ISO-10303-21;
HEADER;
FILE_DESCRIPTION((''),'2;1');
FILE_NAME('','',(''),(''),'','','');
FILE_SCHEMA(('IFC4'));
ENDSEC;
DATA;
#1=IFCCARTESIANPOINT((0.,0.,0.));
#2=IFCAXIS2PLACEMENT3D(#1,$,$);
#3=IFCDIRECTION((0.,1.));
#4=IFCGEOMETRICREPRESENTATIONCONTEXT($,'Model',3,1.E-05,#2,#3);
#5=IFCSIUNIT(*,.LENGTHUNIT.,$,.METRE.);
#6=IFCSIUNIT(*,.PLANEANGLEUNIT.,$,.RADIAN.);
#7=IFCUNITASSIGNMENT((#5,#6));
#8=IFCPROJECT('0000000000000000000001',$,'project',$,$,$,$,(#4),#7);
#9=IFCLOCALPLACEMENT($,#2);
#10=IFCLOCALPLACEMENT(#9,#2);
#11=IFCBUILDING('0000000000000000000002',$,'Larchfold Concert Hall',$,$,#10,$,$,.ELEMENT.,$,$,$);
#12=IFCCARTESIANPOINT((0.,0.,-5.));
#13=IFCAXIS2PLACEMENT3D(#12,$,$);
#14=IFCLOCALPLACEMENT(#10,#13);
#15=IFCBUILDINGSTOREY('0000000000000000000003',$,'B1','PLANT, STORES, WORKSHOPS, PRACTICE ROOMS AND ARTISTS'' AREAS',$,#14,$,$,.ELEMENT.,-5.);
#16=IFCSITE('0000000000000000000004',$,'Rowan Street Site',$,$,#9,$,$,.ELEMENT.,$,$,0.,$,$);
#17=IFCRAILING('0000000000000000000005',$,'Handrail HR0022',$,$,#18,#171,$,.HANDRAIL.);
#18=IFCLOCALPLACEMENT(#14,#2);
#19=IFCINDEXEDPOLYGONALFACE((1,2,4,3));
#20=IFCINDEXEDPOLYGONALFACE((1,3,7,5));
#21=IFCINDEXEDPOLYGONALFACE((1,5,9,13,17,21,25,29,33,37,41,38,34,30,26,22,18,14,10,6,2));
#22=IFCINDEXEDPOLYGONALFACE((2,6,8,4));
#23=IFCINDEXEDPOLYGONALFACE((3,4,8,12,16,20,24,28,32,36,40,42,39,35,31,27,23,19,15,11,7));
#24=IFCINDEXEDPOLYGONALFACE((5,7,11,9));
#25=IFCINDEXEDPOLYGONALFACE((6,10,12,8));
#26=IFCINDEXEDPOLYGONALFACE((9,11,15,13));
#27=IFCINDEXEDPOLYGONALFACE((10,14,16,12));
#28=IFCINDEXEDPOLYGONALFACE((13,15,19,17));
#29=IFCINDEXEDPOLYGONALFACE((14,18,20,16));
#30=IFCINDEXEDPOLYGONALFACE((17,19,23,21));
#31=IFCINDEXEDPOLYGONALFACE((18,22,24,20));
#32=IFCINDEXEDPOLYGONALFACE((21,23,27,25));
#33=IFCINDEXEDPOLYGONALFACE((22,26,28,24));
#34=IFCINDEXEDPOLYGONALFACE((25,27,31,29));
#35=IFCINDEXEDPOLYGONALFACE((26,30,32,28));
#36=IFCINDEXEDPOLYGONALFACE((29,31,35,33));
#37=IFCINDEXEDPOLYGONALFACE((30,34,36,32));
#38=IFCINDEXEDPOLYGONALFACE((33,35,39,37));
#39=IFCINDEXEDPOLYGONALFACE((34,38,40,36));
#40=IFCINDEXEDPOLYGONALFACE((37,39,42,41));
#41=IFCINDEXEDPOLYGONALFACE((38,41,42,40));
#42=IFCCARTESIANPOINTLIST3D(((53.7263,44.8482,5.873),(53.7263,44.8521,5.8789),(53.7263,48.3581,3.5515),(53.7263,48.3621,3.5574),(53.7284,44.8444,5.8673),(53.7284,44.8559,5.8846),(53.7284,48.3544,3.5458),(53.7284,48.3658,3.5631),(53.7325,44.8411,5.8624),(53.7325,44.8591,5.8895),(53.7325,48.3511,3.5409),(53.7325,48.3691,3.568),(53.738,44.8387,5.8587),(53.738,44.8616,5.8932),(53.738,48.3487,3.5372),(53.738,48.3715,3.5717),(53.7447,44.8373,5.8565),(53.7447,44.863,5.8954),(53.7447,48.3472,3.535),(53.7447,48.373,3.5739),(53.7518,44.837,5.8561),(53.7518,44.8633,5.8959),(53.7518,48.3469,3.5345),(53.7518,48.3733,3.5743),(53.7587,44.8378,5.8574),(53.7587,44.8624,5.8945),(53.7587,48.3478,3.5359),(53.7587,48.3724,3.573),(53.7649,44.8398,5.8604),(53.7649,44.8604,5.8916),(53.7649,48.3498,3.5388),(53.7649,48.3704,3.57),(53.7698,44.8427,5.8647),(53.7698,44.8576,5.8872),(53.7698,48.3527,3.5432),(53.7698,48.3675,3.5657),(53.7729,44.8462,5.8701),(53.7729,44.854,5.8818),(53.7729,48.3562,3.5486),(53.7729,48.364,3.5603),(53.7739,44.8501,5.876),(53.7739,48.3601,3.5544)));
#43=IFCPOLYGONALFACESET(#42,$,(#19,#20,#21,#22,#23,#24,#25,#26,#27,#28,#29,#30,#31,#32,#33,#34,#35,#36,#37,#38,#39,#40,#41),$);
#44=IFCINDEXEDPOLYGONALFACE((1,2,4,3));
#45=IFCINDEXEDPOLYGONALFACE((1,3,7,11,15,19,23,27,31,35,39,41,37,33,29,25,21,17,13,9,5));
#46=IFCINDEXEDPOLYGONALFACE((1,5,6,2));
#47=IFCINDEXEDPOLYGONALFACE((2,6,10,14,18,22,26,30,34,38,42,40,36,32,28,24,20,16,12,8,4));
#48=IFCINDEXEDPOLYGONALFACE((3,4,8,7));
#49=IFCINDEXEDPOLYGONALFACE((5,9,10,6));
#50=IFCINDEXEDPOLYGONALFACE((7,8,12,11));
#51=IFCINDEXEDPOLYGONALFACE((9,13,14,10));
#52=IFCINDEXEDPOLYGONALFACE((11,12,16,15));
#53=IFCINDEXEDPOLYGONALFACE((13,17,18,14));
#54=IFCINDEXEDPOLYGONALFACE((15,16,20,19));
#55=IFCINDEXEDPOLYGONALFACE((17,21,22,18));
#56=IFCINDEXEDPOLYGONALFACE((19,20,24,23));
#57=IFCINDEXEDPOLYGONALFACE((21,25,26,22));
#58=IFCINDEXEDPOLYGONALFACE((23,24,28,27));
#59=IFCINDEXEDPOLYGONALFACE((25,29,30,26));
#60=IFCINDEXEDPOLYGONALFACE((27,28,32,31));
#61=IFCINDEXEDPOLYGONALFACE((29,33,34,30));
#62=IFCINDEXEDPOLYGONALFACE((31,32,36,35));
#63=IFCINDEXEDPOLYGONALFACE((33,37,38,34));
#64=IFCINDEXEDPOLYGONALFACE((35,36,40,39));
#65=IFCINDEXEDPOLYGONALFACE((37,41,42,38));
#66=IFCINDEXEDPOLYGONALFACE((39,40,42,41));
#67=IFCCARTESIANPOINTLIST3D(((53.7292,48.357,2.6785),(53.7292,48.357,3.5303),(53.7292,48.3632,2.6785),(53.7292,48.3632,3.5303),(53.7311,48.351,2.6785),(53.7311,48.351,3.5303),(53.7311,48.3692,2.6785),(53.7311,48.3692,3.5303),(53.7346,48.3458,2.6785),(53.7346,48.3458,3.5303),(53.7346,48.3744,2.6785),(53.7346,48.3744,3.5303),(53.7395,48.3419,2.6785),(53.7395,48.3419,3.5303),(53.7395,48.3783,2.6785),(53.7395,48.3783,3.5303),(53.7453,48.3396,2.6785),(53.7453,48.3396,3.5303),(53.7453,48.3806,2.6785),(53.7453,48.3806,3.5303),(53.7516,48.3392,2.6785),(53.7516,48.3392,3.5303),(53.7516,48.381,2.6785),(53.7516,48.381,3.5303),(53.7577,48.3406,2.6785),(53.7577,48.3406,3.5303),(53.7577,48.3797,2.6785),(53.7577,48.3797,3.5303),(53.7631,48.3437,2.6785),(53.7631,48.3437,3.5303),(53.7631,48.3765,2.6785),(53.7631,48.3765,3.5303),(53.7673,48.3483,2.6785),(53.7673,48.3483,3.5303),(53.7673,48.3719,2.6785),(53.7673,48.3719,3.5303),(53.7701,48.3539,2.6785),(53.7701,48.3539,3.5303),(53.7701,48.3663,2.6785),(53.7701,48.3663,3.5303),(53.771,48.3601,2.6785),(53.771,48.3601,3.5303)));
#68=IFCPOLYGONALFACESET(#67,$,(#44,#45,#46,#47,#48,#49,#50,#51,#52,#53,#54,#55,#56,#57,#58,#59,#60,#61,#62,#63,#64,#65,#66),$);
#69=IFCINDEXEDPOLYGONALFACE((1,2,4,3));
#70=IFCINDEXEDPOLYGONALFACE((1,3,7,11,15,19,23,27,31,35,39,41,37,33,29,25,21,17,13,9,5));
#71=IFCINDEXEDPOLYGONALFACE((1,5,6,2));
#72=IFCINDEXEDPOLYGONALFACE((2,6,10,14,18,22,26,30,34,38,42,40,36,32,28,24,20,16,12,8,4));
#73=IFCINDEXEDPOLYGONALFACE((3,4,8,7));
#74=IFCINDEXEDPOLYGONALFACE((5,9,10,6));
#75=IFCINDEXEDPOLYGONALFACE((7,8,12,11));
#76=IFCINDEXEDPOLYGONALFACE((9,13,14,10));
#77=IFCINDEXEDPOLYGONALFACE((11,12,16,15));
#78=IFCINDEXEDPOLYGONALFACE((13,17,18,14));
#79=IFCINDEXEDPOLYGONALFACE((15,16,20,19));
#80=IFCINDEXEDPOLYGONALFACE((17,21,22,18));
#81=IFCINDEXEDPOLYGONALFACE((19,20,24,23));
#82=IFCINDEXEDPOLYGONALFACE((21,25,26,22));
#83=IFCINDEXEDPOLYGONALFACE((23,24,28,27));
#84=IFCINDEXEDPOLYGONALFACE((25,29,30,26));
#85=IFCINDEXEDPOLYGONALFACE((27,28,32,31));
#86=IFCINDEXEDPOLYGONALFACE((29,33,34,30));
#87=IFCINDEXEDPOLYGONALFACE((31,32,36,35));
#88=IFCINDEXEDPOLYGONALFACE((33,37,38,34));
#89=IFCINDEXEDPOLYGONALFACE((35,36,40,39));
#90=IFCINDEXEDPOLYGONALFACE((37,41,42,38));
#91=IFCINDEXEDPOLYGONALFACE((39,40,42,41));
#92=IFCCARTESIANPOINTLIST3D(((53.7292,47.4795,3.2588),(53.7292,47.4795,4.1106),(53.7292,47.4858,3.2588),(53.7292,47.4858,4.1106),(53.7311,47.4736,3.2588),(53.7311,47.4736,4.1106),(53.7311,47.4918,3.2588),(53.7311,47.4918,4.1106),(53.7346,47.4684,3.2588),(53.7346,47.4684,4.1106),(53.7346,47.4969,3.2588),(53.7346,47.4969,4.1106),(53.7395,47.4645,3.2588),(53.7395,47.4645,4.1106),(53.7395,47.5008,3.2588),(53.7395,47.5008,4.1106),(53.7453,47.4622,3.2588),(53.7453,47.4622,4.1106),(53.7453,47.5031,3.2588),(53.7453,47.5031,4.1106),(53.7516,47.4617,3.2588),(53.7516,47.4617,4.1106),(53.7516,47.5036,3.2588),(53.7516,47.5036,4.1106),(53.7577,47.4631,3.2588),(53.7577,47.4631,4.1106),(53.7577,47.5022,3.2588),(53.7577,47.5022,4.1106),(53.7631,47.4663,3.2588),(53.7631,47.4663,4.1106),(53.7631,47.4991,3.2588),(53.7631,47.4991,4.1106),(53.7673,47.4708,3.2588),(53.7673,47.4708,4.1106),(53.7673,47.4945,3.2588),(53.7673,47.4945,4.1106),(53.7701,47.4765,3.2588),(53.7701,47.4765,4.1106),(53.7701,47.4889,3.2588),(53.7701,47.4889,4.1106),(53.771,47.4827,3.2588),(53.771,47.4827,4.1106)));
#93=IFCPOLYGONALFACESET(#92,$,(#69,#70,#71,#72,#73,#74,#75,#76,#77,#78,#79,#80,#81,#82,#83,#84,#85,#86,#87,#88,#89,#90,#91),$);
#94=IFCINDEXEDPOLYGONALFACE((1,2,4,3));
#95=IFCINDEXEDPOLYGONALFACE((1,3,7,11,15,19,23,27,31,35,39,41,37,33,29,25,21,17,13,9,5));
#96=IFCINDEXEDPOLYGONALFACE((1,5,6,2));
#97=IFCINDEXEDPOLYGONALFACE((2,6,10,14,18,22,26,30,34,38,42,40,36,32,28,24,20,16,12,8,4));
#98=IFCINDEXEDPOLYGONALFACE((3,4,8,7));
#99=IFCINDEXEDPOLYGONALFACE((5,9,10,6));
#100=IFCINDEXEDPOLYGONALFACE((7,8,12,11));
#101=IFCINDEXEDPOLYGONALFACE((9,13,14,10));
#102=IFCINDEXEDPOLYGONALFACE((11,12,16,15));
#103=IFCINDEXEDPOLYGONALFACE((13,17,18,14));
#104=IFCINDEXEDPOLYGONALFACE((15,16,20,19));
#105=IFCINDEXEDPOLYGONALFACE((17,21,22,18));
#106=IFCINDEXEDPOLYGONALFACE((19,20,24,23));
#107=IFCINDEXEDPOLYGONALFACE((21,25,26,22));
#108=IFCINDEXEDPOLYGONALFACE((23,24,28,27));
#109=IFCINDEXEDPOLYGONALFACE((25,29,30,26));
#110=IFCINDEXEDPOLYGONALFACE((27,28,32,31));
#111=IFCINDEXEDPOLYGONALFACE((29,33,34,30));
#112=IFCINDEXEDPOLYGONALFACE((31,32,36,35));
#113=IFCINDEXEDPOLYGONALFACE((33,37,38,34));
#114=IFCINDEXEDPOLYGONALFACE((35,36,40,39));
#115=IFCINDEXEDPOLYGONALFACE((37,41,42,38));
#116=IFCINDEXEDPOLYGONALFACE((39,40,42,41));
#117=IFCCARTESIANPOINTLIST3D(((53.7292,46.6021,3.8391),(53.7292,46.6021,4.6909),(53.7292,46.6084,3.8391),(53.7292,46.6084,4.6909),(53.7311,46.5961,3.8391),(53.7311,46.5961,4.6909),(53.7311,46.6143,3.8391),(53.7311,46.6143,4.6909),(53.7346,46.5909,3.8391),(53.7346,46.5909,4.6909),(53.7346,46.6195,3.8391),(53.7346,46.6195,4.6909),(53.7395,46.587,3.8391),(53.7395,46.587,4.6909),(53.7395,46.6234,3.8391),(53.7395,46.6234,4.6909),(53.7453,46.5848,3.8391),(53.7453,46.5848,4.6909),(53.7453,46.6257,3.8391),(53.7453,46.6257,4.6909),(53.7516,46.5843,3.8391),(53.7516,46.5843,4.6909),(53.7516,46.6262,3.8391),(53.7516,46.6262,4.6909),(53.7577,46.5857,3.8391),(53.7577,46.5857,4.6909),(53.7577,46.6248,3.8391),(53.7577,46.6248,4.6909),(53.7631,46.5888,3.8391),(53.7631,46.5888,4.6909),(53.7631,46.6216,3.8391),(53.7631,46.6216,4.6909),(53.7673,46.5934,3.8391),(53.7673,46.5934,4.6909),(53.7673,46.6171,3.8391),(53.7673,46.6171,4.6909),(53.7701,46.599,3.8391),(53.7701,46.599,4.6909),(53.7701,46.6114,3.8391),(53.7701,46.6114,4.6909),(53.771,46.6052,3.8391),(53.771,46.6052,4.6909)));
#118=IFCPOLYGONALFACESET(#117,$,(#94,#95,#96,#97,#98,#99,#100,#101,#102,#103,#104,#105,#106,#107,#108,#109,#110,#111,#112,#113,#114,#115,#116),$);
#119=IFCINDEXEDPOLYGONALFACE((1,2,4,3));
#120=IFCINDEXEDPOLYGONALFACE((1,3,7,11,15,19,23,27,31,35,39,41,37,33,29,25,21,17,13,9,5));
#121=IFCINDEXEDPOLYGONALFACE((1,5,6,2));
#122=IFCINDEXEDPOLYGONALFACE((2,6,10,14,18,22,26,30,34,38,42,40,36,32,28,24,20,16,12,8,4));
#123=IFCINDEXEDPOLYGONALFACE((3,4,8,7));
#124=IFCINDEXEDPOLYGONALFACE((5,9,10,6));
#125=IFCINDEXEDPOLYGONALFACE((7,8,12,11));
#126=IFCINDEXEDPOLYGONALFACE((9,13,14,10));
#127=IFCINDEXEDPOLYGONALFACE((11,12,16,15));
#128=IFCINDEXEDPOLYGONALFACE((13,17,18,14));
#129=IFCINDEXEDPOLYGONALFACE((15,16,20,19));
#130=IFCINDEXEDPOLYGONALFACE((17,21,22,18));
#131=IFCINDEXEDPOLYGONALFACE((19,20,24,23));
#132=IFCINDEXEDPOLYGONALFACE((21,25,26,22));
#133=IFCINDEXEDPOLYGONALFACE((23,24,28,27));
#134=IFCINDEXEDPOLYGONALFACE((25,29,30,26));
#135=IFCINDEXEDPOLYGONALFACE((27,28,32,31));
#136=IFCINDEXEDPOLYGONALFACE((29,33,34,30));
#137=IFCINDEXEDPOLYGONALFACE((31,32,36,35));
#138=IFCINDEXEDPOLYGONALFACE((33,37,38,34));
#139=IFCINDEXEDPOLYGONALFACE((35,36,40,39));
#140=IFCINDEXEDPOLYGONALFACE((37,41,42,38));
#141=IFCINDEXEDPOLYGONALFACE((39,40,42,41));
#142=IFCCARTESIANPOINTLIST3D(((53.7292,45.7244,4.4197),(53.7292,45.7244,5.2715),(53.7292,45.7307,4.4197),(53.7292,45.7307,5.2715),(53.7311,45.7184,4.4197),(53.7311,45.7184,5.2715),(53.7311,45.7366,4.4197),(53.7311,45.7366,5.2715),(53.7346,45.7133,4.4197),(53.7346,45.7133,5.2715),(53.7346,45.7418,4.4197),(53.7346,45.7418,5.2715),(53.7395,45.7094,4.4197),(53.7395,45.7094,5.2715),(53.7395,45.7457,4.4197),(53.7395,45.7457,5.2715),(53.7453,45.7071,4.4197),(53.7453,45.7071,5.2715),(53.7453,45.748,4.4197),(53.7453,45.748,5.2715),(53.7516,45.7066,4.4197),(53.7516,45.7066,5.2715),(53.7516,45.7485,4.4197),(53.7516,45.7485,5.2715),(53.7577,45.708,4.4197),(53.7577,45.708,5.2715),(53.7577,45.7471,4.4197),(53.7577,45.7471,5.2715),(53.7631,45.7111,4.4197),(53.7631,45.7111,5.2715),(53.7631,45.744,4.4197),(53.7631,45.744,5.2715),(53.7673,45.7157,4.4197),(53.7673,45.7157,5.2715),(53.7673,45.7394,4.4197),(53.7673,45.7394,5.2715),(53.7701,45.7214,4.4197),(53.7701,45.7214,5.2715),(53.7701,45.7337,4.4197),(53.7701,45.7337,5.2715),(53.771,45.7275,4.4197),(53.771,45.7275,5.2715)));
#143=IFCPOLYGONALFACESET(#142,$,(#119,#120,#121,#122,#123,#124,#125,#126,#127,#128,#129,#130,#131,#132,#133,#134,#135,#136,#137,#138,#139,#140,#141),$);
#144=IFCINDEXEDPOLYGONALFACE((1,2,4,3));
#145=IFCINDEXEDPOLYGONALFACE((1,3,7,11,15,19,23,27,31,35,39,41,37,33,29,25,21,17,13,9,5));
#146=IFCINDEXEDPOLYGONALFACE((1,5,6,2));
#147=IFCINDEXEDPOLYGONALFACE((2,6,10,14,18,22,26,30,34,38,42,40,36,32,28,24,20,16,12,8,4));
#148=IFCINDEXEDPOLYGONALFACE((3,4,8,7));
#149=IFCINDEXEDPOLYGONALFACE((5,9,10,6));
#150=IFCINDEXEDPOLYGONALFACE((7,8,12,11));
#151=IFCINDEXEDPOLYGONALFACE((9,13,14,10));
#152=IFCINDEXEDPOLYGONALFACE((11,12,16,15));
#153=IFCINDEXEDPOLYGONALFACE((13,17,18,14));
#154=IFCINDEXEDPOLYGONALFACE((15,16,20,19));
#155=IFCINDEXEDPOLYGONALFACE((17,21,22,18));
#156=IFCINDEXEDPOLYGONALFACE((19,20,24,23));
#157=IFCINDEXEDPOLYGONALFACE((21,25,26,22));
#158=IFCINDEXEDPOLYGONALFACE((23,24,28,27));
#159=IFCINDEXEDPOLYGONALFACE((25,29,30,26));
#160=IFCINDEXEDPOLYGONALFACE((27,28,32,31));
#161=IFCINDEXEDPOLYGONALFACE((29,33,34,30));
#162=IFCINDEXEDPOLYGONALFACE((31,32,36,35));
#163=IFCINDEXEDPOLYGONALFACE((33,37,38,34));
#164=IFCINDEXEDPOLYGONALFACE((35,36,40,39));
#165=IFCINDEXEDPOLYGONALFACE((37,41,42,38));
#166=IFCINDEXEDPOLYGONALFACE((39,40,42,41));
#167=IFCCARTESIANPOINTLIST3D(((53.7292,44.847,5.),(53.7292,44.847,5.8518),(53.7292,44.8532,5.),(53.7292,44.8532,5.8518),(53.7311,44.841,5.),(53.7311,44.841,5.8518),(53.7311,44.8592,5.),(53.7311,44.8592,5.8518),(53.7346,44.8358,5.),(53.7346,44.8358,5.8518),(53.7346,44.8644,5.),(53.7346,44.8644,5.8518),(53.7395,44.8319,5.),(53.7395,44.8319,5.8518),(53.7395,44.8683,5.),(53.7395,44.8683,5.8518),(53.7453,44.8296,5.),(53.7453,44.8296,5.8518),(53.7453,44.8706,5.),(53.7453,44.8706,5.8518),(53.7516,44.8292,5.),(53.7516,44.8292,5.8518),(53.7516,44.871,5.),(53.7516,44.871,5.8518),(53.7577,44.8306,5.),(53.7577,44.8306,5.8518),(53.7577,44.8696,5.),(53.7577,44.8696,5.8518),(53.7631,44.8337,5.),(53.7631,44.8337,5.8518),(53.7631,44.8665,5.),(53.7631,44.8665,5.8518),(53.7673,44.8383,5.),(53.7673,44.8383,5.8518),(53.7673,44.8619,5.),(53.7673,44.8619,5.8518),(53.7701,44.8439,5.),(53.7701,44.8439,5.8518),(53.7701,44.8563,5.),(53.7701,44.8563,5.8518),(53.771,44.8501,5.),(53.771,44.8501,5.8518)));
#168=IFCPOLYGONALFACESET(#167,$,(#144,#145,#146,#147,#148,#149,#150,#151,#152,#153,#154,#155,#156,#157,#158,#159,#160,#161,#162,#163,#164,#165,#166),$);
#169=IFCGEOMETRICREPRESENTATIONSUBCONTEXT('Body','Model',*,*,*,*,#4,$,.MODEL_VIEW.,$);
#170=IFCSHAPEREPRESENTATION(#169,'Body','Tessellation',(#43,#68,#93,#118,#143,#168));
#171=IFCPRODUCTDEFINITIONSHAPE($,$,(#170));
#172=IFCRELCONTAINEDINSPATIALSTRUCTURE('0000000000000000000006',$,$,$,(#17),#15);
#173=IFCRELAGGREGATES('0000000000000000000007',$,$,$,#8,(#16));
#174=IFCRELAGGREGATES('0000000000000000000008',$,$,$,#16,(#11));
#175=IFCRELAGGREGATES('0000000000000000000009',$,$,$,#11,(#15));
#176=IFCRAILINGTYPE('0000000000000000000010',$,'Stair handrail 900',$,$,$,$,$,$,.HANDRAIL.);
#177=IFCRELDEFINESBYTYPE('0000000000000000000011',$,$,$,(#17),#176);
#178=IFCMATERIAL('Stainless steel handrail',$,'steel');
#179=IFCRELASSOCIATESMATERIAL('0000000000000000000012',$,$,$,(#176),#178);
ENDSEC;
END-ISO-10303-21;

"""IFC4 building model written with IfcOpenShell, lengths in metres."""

from ifc_helpers import new_model, si_unit, direction, frame, origin, origin_2d, place, context, subcontext, project, spatial, circle, extrude, material, type_object, element, save


model = new_model("IFC4")

# Units and contexts
model_context = context("Model", 3, precision=1e-05, world=origin(), true_north=direction((0.0, 1.0)))
body_context = subcontext(model_context, "Body", "Model", "MODEL_VIEW")
ifc_project = project(units=[si_unit("LENGTHUNIT", "METRE"), si_unit("PLANEANGLEUNIT", "RADIAN")], contexts=[model_context])

# Site, building, storey
site_placement = place(None, origin())
site = spatial("IfcSite", under=ifc_project, at=site_placement, Name="Rowan Street Site", CompositionType="ELEMENT", RefElevation=0.0)
building_placement = place(site_placement, origin())
building = spatial("IfcBuilding", under=site, at=building_placement, Name="Larchfold Concert Hall", CompositionType="ELEMENT")
storey_placement = place(building_placement, frame((0.0, 0.0, -5.0)))
storey = spatial("IfcBuildingStorey", under=building, at=storey_placement, Name="B1", Description="PLANT, STORES, WORKSHOPS, PRACTICE ROOMS AND ARTISTS' AREAS", CompositionType="ELEMENT", Elevation=-5.0)

# Railing
ifc_material_1 = material(Name="Stainless steel handrail", Category="steel")
railing_type_1 = type_object("IfcRailingType", Name="Stair handrail 900", PredefinedType="HANDRAIL", material=ifc_material_1)
railing_1_placement = place(storey_placement, frame((53.75, 48.3601, 2.6785)))
element("IfcRailing", 1, at=railing_1_placement, inside=storey, type_object=railing_type_1, Name="Handrail HR0022", PredefinedType="HANDRAIL", context=body_context, shape_type="SweptSolid", body=[
    extrude(circle(Radius=0.0239, at=origin_2d()), frame((0.0, 0.0, 0.876), z_axis=(0.0, -0.834071, 0.551657), x_axis=(1.0, 0.0, 0.0)), (0.0, 0.0, 1.0), 4.2083),
    extrude(circle(Radius=0.021, at=origin_2d()), origin(), (0.0, 0.0, 1.0), 0.8518),
    extrude(circle(Radius=0.021, at=origin_2d()), frame((0.0, -0.8774, 0.5803)), (0.0, 0.0, 1.0), 0.8518),
    extrude(circle(Radius=0.021, at=origin_2d()), frame((0.0, -1.7549, 1.1606)), (0.0, 0.0, 1.0), 0.8518),
    extrude(circle(Radius=0.021, at=origin_2d()), frame((0.0, -2.6326, 1.7412)), (0.0, 0.0, 1.0), 0.8518),
    extrude(circle(Radius=0.021, at=origin_2d()), frame((0.0, -3.51, 2.3215)), (0.0, 0.0, 1.0), 0.8518),
])

save(model, "model.ifc")
